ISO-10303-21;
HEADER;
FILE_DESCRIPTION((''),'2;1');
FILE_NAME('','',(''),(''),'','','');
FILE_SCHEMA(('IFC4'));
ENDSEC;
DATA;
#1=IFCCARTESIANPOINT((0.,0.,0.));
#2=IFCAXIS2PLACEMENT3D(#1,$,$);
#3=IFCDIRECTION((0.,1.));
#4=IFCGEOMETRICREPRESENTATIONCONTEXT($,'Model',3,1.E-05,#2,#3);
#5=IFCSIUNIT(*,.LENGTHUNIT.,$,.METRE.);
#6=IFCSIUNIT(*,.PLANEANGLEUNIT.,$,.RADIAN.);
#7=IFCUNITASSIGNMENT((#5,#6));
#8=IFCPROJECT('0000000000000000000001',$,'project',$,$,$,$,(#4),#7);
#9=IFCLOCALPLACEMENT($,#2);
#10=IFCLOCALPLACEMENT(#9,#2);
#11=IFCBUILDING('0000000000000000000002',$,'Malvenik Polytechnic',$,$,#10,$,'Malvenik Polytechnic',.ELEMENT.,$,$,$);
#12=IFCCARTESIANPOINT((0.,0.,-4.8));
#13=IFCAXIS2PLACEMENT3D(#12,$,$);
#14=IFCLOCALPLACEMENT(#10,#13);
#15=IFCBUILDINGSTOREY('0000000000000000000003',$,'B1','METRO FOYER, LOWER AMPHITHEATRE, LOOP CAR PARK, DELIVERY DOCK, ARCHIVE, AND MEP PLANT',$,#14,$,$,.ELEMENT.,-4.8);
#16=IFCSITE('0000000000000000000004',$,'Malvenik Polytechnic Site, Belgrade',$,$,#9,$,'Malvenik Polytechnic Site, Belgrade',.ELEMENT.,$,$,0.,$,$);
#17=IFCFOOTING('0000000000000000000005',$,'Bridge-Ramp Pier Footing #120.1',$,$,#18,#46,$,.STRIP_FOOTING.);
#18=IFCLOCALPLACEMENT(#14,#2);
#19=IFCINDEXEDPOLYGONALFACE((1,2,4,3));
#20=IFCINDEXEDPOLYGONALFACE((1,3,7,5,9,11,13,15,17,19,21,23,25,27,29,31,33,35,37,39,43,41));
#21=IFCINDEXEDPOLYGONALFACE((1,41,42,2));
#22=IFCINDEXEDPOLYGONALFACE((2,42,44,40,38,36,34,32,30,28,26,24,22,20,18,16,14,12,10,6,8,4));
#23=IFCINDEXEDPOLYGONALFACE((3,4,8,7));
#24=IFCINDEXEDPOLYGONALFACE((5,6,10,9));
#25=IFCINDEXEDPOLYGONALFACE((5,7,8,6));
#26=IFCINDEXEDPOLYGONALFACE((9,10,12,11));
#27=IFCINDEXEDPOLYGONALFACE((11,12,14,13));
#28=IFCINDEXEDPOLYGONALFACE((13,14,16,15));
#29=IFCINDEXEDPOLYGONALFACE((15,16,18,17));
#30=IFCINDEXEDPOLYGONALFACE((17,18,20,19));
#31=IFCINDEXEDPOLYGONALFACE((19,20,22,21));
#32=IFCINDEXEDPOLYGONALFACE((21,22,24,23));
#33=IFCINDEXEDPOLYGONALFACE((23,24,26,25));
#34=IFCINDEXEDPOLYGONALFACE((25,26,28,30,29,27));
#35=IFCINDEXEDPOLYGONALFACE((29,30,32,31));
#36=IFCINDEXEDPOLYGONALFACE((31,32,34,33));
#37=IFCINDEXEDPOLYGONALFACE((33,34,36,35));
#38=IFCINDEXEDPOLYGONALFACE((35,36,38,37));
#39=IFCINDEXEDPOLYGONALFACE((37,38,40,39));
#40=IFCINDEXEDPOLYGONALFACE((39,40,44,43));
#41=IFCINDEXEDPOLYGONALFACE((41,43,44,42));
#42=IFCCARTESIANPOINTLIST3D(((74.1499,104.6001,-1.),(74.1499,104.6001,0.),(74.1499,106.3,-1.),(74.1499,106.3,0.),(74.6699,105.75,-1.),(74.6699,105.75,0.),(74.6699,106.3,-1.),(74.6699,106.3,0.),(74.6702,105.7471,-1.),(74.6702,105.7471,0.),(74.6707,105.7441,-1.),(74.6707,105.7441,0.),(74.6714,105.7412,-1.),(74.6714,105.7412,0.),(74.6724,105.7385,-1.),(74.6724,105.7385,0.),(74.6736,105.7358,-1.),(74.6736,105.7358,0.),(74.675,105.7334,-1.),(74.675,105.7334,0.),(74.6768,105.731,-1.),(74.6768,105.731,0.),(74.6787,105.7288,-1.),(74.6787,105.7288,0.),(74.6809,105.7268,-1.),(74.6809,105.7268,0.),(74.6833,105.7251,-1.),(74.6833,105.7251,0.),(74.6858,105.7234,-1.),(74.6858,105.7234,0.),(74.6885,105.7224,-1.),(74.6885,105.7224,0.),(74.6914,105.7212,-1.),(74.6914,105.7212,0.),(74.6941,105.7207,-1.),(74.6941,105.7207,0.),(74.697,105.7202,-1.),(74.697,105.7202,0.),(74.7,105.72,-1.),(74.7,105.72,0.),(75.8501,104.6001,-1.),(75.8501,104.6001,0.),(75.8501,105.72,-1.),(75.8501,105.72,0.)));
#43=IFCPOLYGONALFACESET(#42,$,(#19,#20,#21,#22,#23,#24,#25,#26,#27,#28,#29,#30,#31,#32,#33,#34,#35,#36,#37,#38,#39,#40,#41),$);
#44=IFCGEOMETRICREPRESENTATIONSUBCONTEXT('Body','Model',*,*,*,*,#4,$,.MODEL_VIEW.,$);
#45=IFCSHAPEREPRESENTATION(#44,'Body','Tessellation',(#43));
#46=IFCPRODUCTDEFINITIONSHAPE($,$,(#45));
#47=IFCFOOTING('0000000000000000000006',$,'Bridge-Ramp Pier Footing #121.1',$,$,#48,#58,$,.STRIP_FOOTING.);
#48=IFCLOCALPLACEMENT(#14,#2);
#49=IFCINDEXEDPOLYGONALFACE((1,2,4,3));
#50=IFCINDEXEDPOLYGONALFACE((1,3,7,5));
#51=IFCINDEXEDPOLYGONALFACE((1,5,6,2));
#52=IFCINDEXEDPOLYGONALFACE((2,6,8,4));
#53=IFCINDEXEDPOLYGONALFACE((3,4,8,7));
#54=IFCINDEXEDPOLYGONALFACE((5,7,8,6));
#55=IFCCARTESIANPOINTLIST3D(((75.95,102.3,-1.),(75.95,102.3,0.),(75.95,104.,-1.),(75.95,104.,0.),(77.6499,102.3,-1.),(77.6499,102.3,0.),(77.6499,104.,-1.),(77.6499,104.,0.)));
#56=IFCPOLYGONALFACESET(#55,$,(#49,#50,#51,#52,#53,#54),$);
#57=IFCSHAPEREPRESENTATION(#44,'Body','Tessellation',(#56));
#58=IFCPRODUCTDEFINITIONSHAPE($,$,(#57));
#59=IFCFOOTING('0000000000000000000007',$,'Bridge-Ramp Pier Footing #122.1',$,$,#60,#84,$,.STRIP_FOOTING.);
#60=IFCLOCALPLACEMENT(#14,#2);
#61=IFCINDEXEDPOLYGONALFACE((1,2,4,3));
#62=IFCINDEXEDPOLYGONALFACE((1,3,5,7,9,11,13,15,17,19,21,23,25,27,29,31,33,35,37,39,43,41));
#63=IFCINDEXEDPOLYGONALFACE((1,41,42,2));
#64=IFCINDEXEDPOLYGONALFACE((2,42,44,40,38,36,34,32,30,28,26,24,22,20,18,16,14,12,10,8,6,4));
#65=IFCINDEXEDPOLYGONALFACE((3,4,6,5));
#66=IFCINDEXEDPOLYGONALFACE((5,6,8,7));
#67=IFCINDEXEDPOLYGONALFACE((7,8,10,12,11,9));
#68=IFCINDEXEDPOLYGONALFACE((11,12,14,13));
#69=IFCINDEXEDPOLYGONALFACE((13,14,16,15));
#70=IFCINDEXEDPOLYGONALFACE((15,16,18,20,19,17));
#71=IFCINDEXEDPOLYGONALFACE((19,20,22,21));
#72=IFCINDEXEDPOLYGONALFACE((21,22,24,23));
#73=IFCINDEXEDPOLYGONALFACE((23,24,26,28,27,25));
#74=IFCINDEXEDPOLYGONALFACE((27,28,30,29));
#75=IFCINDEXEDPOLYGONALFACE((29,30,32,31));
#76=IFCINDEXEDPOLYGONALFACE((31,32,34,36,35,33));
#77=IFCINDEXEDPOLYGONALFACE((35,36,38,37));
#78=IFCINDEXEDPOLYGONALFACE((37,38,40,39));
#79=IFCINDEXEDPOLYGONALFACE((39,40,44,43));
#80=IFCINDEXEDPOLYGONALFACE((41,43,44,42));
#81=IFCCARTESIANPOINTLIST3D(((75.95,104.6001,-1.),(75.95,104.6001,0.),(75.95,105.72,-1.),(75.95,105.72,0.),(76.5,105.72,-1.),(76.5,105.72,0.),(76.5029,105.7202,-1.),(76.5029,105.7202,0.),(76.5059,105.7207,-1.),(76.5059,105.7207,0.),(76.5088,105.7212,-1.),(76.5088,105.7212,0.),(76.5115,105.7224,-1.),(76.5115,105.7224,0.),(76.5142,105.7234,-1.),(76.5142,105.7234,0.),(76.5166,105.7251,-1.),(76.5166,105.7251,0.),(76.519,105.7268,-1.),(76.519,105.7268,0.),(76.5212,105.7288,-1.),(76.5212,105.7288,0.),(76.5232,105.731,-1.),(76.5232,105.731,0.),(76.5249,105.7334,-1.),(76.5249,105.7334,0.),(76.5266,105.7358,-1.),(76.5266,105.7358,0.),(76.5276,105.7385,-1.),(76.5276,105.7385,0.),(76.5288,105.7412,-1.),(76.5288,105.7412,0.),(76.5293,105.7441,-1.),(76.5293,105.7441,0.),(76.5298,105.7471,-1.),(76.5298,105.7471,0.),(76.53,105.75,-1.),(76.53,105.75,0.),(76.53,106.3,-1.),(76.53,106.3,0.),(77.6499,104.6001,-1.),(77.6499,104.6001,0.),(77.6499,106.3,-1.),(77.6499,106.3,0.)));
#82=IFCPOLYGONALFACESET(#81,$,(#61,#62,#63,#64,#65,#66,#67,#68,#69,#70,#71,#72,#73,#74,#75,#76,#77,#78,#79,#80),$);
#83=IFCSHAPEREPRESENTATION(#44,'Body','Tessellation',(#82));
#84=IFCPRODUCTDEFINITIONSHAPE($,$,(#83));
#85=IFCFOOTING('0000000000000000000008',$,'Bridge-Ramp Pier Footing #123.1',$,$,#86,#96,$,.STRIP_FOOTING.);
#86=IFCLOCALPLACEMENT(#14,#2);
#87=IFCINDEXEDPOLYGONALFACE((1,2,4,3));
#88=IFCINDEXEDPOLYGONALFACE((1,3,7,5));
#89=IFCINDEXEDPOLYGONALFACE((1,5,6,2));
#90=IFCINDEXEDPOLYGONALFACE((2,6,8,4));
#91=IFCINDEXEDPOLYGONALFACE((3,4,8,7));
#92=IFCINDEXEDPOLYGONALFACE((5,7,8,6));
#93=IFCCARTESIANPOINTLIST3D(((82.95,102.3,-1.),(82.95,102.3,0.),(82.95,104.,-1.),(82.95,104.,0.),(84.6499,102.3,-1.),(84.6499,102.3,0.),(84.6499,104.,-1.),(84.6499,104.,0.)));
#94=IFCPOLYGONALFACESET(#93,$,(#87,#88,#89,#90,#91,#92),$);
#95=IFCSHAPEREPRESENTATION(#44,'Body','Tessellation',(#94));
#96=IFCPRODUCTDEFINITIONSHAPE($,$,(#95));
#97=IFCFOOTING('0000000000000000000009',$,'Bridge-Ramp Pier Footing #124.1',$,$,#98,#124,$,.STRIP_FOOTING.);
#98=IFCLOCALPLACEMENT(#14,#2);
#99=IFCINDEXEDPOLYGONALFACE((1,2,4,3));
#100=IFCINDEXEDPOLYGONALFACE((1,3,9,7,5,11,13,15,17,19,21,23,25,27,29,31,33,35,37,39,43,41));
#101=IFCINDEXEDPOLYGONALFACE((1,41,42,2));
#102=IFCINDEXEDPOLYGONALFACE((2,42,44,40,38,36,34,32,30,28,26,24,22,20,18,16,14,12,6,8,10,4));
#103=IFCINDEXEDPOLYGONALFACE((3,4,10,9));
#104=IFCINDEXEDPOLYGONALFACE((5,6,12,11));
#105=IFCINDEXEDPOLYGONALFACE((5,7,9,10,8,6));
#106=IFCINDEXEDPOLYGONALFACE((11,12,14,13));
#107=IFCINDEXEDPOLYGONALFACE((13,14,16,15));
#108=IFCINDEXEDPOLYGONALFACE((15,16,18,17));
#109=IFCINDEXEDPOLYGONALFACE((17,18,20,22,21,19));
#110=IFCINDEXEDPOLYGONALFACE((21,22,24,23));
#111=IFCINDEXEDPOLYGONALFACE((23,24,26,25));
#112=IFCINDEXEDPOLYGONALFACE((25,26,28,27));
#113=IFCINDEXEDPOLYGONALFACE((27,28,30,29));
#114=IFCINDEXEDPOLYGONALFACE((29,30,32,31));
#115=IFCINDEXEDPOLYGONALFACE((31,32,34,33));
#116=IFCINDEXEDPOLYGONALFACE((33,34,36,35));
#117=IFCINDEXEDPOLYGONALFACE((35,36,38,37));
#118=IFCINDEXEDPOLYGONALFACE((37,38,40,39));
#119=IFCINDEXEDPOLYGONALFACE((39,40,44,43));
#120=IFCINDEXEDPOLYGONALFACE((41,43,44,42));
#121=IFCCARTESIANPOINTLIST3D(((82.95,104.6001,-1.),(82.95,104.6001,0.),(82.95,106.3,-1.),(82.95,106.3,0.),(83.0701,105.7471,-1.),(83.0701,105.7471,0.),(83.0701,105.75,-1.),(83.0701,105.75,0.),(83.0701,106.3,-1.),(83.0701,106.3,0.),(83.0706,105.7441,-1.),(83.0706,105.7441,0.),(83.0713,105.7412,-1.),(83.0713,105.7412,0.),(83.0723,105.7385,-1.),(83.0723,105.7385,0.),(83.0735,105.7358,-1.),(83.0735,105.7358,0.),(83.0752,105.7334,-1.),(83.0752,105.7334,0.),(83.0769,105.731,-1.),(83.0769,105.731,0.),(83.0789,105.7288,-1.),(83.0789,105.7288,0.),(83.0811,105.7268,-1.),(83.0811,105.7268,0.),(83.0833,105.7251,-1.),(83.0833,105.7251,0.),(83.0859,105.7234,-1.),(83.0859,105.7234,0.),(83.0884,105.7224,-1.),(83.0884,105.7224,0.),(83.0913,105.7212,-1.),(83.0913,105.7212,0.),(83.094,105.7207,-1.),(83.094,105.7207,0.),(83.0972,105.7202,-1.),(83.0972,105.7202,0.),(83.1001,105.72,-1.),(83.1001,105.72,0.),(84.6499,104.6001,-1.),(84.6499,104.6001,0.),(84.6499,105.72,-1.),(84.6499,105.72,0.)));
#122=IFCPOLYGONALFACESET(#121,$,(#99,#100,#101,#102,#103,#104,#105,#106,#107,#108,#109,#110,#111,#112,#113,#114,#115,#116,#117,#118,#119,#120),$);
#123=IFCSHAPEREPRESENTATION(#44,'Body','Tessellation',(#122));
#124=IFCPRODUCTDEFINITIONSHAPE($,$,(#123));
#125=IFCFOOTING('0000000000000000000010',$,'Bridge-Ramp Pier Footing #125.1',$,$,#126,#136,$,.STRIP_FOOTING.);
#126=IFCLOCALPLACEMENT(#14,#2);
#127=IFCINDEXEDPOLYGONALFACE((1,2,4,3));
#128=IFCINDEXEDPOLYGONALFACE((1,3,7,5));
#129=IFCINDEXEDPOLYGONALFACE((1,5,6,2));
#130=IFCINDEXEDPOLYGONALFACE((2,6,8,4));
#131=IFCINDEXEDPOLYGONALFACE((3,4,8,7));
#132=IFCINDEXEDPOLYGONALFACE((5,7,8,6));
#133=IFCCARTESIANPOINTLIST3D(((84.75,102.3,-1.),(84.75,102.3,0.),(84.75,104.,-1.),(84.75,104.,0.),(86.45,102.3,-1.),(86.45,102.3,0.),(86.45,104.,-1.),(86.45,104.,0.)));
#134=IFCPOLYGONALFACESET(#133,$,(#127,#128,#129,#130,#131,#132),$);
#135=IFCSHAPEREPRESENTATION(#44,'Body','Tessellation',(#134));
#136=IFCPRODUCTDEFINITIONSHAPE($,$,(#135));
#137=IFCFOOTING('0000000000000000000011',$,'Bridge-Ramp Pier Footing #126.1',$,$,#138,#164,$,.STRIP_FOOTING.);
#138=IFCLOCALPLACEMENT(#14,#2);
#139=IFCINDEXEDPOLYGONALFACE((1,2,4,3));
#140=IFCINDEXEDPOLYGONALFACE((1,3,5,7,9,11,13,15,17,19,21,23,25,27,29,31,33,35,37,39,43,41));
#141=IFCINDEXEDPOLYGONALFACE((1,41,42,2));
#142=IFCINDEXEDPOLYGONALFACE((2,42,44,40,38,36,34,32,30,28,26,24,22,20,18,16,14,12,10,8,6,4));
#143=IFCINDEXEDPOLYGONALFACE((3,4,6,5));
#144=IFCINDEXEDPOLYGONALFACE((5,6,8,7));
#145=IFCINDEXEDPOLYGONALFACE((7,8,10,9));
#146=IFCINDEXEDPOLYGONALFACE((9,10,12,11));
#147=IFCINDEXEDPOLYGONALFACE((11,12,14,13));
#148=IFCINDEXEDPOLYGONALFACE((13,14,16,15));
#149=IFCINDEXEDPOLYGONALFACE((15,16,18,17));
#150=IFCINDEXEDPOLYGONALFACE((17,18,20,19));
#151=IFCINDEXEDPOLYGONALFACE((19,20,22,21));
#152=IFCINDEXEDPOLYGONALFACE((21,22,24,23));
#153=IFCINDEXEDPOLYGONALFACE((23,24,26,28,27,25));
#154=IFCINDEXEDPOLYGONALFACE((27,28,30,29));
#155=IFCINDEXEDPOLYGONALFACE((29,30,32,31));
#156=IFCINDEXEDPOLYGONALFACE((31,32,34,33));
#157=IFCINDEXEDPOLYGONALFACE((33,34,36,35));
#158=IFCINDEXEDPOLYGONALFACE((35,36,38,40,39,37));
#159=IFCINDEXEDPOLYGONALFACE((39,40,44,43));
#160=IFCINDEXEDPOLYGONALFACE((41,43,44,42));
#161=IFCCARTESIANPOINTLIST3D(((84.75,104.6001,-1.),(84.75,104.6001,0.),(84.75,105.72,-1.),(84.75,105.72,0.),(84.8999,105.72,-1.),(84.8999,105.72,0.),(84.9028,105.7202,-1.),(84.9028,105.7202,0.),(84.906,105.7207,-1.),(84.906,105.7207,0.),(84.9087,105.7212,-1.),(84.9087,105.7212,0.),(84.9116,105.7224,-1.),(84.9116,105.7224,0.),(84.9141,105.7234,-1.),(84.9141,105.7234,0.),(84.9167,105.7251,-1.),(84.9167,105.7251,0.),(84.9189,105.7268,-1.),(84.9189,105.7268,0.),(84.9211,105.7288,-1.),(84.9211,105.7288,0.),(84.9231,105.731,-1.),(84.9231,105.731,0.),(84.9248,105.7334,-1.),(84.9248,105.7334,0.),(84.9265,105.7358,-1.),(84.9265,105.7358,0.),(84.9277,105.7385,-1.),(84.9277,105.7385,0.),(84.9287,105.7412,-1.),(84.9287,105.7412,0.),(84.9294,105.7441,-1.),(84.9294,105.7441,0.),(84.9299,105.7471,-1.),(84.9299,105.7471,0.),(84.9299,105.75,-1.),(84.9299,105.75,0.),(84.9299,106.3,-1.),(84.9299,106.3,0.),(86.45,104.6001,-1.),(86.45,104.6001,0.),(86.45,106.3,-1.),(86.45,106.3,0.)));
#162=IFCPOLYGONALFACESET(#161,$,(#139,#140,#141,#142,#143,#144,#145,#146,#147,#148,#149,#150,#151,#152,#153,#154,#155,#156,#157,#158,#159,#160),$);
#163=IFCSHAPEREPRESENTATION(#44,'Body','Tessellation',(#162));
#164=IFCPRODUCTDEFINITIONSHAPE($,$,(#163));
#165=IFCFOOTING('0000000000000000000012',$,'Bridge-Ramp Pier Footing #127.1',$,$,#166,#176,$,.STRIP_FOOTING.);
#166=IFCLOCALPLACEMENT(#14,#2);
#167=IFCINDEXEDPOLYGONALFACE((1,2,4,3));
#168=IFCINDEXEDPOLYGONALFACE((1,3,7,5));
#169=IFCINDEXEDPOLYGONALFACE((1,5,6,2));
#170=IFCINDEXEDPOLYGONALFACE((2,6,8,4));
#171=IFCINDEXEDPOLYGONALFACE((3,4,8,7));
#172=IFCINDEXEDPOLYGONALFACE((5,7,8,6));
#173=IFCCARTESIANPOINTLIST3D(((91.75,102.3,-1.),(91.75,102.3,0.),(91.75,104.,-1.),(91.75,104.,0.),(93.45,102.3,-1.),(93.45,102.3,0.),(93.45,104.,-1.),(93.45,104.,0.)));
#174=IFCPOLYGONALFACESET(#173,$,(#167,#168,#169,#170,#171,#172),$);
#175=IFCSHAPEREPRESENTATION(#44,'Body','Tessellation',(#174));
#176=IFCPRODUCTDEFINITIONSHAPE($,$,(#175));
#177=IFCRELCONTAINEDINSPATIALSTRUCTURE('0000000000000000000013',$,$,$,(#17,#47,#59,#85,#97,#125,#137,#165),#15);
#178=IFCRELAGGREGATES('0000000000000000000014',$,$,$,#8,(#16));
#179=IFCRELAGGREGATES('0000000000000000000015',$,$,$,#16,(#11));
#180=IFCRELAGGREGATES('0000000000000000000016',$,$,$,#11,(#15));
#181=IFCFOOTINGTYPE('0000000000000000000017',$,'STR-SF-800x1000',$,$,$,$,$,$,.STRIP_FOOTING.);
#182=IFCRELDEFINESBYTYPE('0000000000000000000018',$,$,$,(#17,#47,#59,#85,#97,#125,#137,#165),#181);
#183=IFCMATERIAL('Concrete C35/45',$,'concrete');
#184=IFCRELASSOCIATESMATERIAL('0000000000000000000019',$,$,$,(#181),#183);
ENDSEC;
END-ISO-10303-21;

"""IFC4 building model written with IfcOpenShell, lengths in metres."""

from ifc_helpers import new_model, si_unit, direction, frame, origin, place, context, subcontext, project, spatial, polyline, outline, extrude, material, type_object, element, save


model = new_model("IFC4")

# Units and contexts
model_context = context("Model", 3, precision=1e-05, world=origin(), true_north=direction((0.0, 1.0)))
body_context = subcontext(model_context, "Body", "Model", "MODEL_VIEW")
ifc_project = project(units=[si_unit("LENGTHUNIT", "METRE"), si_unit("PLANEANGLEUNIT", "RADIAN")], contexts=[model_context])

# Site, building, storey
site_placement = place(None, origin())
site = spatial("IfcSite", under=ifc_project, at=site_placement, Name="Malvenik Polytechnic Site, Belgrade", LongName="Malvenik Polytechnic Site, Belgrade", CompositionType="ELEMENT", RefElevation=0.0)
building_placement = place(site_placement, origin())
building = spatial("IfcBuilding", under=site, at=building_placement, Name="Malvenik Polytechnic", LongName="Malvenik Polytechnic", CompositionType="ELEMENT")
storey_placement = place(building_placement, frame((0.0, 0.0, -4.8)))
storey = spatial("IfcBuildingStorey", under=building, at=storey_placement, Name="B1", Description="METRO FOYER, LOWER AMPHITHEATRE, LOOP CAR PARK, DELIVERY DOCK, ARCHIVE, AND MEP PLANT", CompositionType="ELEMENT", Elevation=-4.8)

# Footings
ifc_material = material(Name="Concrete C35/45", Category="concrete")
footing_type = type_object("IfcFootingType", Name="STR-SF-800x1000", PredefinedType="STRIP_FOOTING", material=ifc_material)
footing_1_placement = place(storey_placement, frame((0.0, 0.0, -1.0)))
element("IfcFooting", 1, at=footing_1_placement, inside=storey, type_object=footing_type, Name="Bridge-Ramp Pier Footing #120.1", PredefinedType="STRIP_FOOTING", context=body_context, shape_type="SweptSolid", body=[
    extrude(outline(polyline([(75.8501, 104.6001), (74.1499, 104.6001), (74.1499, 106.3), (74.6699, 106.3), (74.6699, 105.75), (74.6702, 105.7471), (74.6707, 105.7441), (74.6714, 105.7412), (74.6724, 105.7385), (74.6736, 105.7358), (74.675, 105.7334), (74.6768, 105.731), (74.6787, 105.7288), (74.6809, 105.7268), (74.6833, 105.7251), (74.6858, 105.7234), (74.6885, 105.7224), (74.6914, 105.7212), (74.6941, 105.7207), (74.697, 105.7202), (74.7, 105.72), (75.8501, 105.72), (75.8501, 104.6001)])), origin(), (0.0, 0.0, 1.0), 1.0),
])
footing_2_placement = place(storey_placement, frame((0.0, 0.0, -1.0)))
element("IfcFooting", 2, at=footing_2_placement, inside=storey, type_object=footing_type, Name="Bridge-Ramp Pier Footing #121.1", PredefinedType="STRIP_FOOTING", context=body_context, shape_type="SweptSolid", body=[
    extrude(outline(polyline([(75.95, 102.3), (75.95, 104.0), (77.6499, 104.0), (77.6499, 102.3), (75.95, 102.3)])), origin(), (0.0, 0.0, 1.0), 1.0),
])
footing_3_placement = place(storey_placement, frame((0.0, 0.0, -1.0)))
element("IfcFooting", 3, at=footing_3_placement, inside=storey, type_object=footing_type, Name="Bridge-Ramp Pier Footing #122.1", PredefinedType="STRIP_FOOTING", context=body_context, shape_type="SweptSolid", body=[
    extrude(outline(polyline([(77.6499, 106.3), (77.6499, 104.6001), (75.95, 104.6001), (75.95, 105.72), (76.5, 105.72), (76.5029, 105.7202), (76.5059, 105.7207), (76.5088, 105.7212), (76.5115, 105.7224), (76.5142, 105.7234), (76.5166, 105.7251), (76.519, 105.7268), (76.5212, 105.7288), (76.5232, 105.731), (76.5249, 105.7334), (76.5266, 105.7358), (76.5276, 105.7385), (76.5288, 105.7412), (76.5293, 105.7441), (76.5298, 105.7471), (76.53, 105.75), (76.53, 106.3), (77.6499, 106.3)])), origin(), (0.0, 0.0, 1.0), 1.0),
])
footing_4_placement = place(storey_placement, frame((0.0, 0.0, -1.0)))
element("IfcFooting", 4, at=footing_4_placement, inside=storey, type_object=footing_type, Name="Bridge-Ramp Pier Footing #123.1", PredefinedType="STRIP_FOOTING", context=body_context, shape_type="SweptSolid", body=[
    extrude(outline(polyline([(82.95, 102.3), (82.95, 104.0), (84.6499, 104.0), (84.6499, 102.3), (82.95, 102.3)])), origin(), (0.0, 0.0, 1.0), 1.0),
])
footing_5_placement = place(storey_placement, frame((0.0, 0.0, -1.0)))
element("IfcFooting", 5, at=footing_5_placement, inside=storey, type_object=footing_type, Name="Bridge-Ramp Pier Footing #124.1", PredefinedType="STRIP_FOOTING", context=body_context, shape_type="SweptSolid", body=[
    extrude(outline(polyline([(84.6499, 104.6001), (82.95, 104.6001), (82.95, 106.3), (83.0701, 106.3), (83.0701, 105.75), (83.0701, 105.7471), (83.0706, 105.7441), (83.0713, 105.7412), (83.0723, 105.7385), (83.0735, 105.7358), (83.0752, 105.7334), (83.0769, 105.731), (83.0789, 105.7288), (83.0811, 105.7268), (83.0833, 105.7251), (83.0859, 105.7234), (83.0884, 105.7224), (83.0913, 105.7212), (83.094, 105.7207), (83.0972, 105.7202), (83.1001, 105.72), (84.6499, 105.72), (84.6499, 104.6001)])), origin(), (0.0, 0.0, 1.0), 1.0),
])
footing_6_placement = place(storey_placement, frame((0.0, 0.0, -1.0)))
element("IfcFooting", 6, at=footing_6_placement, inside=storey, type_object=footing_type, Name="Bridge-Ramp Pier Footing #125.1", PredefinedType="STRIP_FOOTING", context=body_context, shape_type="SweptSolid", body=[
    extrude(outline(polyline([(84.75, 102.3), (84.75, 104.0), (86.45, 104.0), (86.45, 102.3), (84.75, 102.3)])), origin(), (0.0, 0.0, 1.0), 1.0),
])
footing_7_placement = place(storey_placement, frame((0.0, 0.0, -1.0)))
element("IfcFooting", 7, at=footing_7_placement, inside=storey, type_object=footing_type, Name="Bridge-Ramp Pier Footing #126.1", PredefinedType="STRIP_FOOTING", context=body_context, shape_type="SweptSolid", body=[
    extrude(outline(polyline([(86.45, 106.3), (86.45, 104.6001), (84.75, 104.6001), (84.75, 105.72), (84.8999, 105.72), (84.9028, 105.7202), (84.906, 105.7207), (84.9087, 105.7212), (84.9116, 105.7224), (84.9141, 105.7234), (84.9167, 105.7251), (84.9189, 105.7268), (84.9211, 105.7288), (84.9231, 105.731), (84.9248, 105.7334), (84.9265, 105.7358), (84.9277, 105.7385), (84.9287, 105.7412), (84.9294, 105.7441), (84.9299, 105.7471), (84.9299, 105.75), (84.9299, 106.3), (86.45, 106.3)])), origin(), (0.0, 0.0, 1.0), 1.0),
])
footing_8_placement = place(storey_placement, frame((0.0, 0.0, -1.0)))
element("IfcFooting", 8, at=footing_8_placement, inside=storey, type_object=footing_type, Name="Bridge-Ramp Pier Footing #127.1", PredefinedType="STRIP_FOOTING", context=body_context, shape_type="SweptSolid", body=[
    extrude(outline(polyline([(91.75, 102.3), (91.75, 104.0), (93.45, 104.0), (93.45, 102.3), (91.75, 102.3)])), origin(), (0.0, 0.0, 1.0), 1.0),
])

save(model, "model.ifc")
